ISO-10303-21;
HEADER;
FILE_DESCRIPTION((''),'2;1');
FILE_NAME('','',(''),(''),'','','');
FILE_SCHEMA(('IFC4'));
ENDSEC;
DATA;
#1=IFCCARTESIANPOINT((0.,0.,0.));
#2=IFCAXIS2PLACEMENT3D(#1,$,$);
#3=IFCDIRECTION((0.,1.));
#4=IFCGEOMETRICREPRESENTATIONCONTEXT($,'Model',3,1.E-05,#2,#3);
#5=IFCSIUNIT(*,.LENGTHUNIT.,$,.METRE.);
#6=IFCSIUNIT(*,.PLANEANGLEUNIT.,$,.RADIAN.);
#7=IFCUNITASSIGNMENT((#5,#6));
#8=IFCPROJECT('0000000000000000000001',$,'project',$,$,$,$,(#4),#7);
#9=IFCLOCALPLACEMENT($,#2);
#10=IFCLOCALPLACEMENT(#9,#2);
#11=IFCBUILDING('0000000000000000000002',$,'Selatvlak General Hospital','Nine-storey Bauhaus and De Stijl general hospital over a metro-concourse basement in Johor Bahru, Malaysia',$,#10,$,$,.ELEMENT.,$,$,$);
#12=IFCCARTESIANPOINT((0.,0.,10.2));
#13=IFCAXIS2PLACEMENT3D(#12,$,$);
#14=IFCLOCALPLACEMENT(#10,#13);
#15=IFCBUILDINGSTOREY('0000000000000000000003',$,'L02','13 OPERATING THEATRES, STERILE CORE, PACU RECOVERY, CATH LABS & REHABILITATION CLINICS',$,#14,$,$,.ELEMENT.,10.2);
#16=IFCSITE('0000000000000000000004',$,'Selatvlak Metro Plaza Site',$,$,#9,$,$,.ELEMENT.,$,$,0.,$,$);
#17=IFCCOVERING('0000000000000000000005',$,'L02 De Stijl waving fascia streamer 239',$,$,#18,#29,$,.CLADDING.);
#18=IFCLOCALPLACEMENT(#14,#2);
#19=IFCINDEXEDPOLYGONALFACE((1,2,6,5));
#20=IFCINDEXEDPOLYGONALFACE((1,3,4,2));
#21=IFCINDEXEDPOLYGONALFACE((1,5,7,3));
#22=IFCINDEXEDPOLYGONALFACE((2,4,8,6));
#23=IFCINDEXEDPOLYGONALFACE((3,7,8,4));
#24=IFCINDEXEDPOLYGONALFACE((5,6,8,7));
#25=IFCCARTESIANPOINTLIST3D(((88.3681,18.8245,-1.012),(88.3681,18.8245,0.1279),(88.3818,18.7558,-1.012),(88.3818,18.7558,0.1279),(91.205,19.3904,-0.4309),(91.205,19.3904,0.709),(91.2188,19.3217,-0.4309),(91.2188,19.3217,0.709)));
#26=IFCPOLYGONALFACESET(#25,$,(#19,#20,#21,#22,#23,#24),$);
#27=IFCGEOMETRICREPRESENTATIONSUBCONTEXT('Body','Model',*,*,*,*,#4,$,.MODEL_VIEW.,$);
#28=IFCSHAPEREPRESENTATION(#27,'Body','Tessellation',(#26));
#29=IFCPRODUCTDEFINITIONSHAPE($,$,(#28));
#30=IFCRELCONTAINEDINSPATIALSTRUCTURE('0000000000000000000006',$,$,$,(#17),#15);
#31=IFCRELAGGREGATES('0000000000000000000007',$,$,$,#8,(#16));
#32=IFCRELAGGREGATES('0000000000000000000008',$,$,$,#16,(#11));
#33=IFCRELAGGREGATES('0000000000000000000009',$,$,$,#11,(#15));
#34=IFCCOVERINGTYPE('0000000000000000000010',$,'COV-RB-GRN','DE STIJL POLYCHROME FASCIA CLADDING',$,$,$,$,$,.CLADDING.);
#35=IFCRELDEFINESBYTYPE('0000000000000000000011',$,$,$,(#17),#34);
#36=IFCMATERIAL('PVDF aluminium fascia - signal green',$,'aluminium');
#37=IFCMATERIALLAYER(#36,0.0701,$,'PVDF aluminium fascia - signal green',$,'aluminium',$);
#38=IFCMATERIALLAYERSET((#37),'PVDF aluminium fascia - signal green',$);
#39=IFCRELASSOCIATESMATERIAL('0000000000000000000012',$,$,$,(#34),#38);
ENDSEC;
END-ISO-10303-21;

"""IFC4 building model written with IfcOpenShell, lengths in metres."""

from ifc_helpers import new_model, si_unit, direction, frame, origin, place, context, subcontext, project, spatial, polyline, outline, extrude, material, layer, layer_set, type_object, element, save


model = new_model("IFC4")

# Units and contexts
model_context = context("Model", 3, precision=1e-05, world=origin(), true_north=direction((0.0, 1.0)))
body_context = subcontext(model_context, "Body", "Model", "MODEL_VIEW")
ifc_project = project(units=[si_unit("LENGTHUNIT", "METRE"), si_unit("PLANEANGLEUNIT", "RADIAN")], contexts=[model_context])

# Site, building, storey
site_placement = place(None, origin())
site = spatial("IfcSite", under=ifc_project, at=site_placement, Name="Selatvlak Metro Plaza Site", CompositionType="ELEMENT", RefElevation=0.0)
building_placement = place(site_placement, origin())
building = spatial("IfcBuilding", under=site, at=building_placement, Name="Selatvlak General Hospital", Description="Nine-storey Bauhaus and De Stijl general hospital over a metro-concourse basement in Johor Bahru, Malaysia", CompositionType="ELEMENT")
storey_placement = place(building_placement, frame((0.0, 0.0, 10.2)))
storey = spatial("IfcBuildingStorey", under=building, at=storey_placement, Name="L02", Description="13 OPERATING THEATRES, STERILE CORE, PACU RECOVERY, CATH LABS & REHABILITATION CLINICS", CompositionType="ELEMENT", Elevation=10.2)

# Covering
ifc_material_1 = material(Name="PVDF aluminium fascia - signal green", Category="aluminium")
ifc_layer_1 = layer(ifc_material_1, 0.0701, Name="PVDF aluminium fascia - signal green", Category="aluminium")
ifc_layer_set_1 = layer_set([ifc_layer_1], Name="PVDF aluminium fascia - signal green")
covering_type = type_object("IfcCoveringType", Name="COV-RB-GRN", Description="DE STIJL POLYCHROME FASCIA CLADDING", PredefinedType="CLADDING", material=ifc_layer_set_1)
covering_1_placement = place(storey_placement, frame((88.375, 18.79, -1.012), z_axis=(0.0, 0.0, 1.0), x_axis=(0.980678, 0.195629, 0.0)))
element("IfcCovering", 1, at=covering_1_placement, inside=storey, type_object=covering_type, Name="L02 De Stijl waving fascia streamer 239", PredefinedType="CLADDING", context=body_context, shape_type="SweptSolid", body=[
    extrude(outline(polyline([(0.0, 0.0), (2.8928, 0.5811), (2.8928, 1.7209), (0.0, 1.1399), (0.0, 0.0)])), frame((0.0, 0.0352, 0.0), z_axis=(0.0, -1.0, 0.0), x_axis=(1.0, 0.0, 0.0)), (0.0, 0.0, 1.0), 0.0701),
])

save(model, "model.ifc")
